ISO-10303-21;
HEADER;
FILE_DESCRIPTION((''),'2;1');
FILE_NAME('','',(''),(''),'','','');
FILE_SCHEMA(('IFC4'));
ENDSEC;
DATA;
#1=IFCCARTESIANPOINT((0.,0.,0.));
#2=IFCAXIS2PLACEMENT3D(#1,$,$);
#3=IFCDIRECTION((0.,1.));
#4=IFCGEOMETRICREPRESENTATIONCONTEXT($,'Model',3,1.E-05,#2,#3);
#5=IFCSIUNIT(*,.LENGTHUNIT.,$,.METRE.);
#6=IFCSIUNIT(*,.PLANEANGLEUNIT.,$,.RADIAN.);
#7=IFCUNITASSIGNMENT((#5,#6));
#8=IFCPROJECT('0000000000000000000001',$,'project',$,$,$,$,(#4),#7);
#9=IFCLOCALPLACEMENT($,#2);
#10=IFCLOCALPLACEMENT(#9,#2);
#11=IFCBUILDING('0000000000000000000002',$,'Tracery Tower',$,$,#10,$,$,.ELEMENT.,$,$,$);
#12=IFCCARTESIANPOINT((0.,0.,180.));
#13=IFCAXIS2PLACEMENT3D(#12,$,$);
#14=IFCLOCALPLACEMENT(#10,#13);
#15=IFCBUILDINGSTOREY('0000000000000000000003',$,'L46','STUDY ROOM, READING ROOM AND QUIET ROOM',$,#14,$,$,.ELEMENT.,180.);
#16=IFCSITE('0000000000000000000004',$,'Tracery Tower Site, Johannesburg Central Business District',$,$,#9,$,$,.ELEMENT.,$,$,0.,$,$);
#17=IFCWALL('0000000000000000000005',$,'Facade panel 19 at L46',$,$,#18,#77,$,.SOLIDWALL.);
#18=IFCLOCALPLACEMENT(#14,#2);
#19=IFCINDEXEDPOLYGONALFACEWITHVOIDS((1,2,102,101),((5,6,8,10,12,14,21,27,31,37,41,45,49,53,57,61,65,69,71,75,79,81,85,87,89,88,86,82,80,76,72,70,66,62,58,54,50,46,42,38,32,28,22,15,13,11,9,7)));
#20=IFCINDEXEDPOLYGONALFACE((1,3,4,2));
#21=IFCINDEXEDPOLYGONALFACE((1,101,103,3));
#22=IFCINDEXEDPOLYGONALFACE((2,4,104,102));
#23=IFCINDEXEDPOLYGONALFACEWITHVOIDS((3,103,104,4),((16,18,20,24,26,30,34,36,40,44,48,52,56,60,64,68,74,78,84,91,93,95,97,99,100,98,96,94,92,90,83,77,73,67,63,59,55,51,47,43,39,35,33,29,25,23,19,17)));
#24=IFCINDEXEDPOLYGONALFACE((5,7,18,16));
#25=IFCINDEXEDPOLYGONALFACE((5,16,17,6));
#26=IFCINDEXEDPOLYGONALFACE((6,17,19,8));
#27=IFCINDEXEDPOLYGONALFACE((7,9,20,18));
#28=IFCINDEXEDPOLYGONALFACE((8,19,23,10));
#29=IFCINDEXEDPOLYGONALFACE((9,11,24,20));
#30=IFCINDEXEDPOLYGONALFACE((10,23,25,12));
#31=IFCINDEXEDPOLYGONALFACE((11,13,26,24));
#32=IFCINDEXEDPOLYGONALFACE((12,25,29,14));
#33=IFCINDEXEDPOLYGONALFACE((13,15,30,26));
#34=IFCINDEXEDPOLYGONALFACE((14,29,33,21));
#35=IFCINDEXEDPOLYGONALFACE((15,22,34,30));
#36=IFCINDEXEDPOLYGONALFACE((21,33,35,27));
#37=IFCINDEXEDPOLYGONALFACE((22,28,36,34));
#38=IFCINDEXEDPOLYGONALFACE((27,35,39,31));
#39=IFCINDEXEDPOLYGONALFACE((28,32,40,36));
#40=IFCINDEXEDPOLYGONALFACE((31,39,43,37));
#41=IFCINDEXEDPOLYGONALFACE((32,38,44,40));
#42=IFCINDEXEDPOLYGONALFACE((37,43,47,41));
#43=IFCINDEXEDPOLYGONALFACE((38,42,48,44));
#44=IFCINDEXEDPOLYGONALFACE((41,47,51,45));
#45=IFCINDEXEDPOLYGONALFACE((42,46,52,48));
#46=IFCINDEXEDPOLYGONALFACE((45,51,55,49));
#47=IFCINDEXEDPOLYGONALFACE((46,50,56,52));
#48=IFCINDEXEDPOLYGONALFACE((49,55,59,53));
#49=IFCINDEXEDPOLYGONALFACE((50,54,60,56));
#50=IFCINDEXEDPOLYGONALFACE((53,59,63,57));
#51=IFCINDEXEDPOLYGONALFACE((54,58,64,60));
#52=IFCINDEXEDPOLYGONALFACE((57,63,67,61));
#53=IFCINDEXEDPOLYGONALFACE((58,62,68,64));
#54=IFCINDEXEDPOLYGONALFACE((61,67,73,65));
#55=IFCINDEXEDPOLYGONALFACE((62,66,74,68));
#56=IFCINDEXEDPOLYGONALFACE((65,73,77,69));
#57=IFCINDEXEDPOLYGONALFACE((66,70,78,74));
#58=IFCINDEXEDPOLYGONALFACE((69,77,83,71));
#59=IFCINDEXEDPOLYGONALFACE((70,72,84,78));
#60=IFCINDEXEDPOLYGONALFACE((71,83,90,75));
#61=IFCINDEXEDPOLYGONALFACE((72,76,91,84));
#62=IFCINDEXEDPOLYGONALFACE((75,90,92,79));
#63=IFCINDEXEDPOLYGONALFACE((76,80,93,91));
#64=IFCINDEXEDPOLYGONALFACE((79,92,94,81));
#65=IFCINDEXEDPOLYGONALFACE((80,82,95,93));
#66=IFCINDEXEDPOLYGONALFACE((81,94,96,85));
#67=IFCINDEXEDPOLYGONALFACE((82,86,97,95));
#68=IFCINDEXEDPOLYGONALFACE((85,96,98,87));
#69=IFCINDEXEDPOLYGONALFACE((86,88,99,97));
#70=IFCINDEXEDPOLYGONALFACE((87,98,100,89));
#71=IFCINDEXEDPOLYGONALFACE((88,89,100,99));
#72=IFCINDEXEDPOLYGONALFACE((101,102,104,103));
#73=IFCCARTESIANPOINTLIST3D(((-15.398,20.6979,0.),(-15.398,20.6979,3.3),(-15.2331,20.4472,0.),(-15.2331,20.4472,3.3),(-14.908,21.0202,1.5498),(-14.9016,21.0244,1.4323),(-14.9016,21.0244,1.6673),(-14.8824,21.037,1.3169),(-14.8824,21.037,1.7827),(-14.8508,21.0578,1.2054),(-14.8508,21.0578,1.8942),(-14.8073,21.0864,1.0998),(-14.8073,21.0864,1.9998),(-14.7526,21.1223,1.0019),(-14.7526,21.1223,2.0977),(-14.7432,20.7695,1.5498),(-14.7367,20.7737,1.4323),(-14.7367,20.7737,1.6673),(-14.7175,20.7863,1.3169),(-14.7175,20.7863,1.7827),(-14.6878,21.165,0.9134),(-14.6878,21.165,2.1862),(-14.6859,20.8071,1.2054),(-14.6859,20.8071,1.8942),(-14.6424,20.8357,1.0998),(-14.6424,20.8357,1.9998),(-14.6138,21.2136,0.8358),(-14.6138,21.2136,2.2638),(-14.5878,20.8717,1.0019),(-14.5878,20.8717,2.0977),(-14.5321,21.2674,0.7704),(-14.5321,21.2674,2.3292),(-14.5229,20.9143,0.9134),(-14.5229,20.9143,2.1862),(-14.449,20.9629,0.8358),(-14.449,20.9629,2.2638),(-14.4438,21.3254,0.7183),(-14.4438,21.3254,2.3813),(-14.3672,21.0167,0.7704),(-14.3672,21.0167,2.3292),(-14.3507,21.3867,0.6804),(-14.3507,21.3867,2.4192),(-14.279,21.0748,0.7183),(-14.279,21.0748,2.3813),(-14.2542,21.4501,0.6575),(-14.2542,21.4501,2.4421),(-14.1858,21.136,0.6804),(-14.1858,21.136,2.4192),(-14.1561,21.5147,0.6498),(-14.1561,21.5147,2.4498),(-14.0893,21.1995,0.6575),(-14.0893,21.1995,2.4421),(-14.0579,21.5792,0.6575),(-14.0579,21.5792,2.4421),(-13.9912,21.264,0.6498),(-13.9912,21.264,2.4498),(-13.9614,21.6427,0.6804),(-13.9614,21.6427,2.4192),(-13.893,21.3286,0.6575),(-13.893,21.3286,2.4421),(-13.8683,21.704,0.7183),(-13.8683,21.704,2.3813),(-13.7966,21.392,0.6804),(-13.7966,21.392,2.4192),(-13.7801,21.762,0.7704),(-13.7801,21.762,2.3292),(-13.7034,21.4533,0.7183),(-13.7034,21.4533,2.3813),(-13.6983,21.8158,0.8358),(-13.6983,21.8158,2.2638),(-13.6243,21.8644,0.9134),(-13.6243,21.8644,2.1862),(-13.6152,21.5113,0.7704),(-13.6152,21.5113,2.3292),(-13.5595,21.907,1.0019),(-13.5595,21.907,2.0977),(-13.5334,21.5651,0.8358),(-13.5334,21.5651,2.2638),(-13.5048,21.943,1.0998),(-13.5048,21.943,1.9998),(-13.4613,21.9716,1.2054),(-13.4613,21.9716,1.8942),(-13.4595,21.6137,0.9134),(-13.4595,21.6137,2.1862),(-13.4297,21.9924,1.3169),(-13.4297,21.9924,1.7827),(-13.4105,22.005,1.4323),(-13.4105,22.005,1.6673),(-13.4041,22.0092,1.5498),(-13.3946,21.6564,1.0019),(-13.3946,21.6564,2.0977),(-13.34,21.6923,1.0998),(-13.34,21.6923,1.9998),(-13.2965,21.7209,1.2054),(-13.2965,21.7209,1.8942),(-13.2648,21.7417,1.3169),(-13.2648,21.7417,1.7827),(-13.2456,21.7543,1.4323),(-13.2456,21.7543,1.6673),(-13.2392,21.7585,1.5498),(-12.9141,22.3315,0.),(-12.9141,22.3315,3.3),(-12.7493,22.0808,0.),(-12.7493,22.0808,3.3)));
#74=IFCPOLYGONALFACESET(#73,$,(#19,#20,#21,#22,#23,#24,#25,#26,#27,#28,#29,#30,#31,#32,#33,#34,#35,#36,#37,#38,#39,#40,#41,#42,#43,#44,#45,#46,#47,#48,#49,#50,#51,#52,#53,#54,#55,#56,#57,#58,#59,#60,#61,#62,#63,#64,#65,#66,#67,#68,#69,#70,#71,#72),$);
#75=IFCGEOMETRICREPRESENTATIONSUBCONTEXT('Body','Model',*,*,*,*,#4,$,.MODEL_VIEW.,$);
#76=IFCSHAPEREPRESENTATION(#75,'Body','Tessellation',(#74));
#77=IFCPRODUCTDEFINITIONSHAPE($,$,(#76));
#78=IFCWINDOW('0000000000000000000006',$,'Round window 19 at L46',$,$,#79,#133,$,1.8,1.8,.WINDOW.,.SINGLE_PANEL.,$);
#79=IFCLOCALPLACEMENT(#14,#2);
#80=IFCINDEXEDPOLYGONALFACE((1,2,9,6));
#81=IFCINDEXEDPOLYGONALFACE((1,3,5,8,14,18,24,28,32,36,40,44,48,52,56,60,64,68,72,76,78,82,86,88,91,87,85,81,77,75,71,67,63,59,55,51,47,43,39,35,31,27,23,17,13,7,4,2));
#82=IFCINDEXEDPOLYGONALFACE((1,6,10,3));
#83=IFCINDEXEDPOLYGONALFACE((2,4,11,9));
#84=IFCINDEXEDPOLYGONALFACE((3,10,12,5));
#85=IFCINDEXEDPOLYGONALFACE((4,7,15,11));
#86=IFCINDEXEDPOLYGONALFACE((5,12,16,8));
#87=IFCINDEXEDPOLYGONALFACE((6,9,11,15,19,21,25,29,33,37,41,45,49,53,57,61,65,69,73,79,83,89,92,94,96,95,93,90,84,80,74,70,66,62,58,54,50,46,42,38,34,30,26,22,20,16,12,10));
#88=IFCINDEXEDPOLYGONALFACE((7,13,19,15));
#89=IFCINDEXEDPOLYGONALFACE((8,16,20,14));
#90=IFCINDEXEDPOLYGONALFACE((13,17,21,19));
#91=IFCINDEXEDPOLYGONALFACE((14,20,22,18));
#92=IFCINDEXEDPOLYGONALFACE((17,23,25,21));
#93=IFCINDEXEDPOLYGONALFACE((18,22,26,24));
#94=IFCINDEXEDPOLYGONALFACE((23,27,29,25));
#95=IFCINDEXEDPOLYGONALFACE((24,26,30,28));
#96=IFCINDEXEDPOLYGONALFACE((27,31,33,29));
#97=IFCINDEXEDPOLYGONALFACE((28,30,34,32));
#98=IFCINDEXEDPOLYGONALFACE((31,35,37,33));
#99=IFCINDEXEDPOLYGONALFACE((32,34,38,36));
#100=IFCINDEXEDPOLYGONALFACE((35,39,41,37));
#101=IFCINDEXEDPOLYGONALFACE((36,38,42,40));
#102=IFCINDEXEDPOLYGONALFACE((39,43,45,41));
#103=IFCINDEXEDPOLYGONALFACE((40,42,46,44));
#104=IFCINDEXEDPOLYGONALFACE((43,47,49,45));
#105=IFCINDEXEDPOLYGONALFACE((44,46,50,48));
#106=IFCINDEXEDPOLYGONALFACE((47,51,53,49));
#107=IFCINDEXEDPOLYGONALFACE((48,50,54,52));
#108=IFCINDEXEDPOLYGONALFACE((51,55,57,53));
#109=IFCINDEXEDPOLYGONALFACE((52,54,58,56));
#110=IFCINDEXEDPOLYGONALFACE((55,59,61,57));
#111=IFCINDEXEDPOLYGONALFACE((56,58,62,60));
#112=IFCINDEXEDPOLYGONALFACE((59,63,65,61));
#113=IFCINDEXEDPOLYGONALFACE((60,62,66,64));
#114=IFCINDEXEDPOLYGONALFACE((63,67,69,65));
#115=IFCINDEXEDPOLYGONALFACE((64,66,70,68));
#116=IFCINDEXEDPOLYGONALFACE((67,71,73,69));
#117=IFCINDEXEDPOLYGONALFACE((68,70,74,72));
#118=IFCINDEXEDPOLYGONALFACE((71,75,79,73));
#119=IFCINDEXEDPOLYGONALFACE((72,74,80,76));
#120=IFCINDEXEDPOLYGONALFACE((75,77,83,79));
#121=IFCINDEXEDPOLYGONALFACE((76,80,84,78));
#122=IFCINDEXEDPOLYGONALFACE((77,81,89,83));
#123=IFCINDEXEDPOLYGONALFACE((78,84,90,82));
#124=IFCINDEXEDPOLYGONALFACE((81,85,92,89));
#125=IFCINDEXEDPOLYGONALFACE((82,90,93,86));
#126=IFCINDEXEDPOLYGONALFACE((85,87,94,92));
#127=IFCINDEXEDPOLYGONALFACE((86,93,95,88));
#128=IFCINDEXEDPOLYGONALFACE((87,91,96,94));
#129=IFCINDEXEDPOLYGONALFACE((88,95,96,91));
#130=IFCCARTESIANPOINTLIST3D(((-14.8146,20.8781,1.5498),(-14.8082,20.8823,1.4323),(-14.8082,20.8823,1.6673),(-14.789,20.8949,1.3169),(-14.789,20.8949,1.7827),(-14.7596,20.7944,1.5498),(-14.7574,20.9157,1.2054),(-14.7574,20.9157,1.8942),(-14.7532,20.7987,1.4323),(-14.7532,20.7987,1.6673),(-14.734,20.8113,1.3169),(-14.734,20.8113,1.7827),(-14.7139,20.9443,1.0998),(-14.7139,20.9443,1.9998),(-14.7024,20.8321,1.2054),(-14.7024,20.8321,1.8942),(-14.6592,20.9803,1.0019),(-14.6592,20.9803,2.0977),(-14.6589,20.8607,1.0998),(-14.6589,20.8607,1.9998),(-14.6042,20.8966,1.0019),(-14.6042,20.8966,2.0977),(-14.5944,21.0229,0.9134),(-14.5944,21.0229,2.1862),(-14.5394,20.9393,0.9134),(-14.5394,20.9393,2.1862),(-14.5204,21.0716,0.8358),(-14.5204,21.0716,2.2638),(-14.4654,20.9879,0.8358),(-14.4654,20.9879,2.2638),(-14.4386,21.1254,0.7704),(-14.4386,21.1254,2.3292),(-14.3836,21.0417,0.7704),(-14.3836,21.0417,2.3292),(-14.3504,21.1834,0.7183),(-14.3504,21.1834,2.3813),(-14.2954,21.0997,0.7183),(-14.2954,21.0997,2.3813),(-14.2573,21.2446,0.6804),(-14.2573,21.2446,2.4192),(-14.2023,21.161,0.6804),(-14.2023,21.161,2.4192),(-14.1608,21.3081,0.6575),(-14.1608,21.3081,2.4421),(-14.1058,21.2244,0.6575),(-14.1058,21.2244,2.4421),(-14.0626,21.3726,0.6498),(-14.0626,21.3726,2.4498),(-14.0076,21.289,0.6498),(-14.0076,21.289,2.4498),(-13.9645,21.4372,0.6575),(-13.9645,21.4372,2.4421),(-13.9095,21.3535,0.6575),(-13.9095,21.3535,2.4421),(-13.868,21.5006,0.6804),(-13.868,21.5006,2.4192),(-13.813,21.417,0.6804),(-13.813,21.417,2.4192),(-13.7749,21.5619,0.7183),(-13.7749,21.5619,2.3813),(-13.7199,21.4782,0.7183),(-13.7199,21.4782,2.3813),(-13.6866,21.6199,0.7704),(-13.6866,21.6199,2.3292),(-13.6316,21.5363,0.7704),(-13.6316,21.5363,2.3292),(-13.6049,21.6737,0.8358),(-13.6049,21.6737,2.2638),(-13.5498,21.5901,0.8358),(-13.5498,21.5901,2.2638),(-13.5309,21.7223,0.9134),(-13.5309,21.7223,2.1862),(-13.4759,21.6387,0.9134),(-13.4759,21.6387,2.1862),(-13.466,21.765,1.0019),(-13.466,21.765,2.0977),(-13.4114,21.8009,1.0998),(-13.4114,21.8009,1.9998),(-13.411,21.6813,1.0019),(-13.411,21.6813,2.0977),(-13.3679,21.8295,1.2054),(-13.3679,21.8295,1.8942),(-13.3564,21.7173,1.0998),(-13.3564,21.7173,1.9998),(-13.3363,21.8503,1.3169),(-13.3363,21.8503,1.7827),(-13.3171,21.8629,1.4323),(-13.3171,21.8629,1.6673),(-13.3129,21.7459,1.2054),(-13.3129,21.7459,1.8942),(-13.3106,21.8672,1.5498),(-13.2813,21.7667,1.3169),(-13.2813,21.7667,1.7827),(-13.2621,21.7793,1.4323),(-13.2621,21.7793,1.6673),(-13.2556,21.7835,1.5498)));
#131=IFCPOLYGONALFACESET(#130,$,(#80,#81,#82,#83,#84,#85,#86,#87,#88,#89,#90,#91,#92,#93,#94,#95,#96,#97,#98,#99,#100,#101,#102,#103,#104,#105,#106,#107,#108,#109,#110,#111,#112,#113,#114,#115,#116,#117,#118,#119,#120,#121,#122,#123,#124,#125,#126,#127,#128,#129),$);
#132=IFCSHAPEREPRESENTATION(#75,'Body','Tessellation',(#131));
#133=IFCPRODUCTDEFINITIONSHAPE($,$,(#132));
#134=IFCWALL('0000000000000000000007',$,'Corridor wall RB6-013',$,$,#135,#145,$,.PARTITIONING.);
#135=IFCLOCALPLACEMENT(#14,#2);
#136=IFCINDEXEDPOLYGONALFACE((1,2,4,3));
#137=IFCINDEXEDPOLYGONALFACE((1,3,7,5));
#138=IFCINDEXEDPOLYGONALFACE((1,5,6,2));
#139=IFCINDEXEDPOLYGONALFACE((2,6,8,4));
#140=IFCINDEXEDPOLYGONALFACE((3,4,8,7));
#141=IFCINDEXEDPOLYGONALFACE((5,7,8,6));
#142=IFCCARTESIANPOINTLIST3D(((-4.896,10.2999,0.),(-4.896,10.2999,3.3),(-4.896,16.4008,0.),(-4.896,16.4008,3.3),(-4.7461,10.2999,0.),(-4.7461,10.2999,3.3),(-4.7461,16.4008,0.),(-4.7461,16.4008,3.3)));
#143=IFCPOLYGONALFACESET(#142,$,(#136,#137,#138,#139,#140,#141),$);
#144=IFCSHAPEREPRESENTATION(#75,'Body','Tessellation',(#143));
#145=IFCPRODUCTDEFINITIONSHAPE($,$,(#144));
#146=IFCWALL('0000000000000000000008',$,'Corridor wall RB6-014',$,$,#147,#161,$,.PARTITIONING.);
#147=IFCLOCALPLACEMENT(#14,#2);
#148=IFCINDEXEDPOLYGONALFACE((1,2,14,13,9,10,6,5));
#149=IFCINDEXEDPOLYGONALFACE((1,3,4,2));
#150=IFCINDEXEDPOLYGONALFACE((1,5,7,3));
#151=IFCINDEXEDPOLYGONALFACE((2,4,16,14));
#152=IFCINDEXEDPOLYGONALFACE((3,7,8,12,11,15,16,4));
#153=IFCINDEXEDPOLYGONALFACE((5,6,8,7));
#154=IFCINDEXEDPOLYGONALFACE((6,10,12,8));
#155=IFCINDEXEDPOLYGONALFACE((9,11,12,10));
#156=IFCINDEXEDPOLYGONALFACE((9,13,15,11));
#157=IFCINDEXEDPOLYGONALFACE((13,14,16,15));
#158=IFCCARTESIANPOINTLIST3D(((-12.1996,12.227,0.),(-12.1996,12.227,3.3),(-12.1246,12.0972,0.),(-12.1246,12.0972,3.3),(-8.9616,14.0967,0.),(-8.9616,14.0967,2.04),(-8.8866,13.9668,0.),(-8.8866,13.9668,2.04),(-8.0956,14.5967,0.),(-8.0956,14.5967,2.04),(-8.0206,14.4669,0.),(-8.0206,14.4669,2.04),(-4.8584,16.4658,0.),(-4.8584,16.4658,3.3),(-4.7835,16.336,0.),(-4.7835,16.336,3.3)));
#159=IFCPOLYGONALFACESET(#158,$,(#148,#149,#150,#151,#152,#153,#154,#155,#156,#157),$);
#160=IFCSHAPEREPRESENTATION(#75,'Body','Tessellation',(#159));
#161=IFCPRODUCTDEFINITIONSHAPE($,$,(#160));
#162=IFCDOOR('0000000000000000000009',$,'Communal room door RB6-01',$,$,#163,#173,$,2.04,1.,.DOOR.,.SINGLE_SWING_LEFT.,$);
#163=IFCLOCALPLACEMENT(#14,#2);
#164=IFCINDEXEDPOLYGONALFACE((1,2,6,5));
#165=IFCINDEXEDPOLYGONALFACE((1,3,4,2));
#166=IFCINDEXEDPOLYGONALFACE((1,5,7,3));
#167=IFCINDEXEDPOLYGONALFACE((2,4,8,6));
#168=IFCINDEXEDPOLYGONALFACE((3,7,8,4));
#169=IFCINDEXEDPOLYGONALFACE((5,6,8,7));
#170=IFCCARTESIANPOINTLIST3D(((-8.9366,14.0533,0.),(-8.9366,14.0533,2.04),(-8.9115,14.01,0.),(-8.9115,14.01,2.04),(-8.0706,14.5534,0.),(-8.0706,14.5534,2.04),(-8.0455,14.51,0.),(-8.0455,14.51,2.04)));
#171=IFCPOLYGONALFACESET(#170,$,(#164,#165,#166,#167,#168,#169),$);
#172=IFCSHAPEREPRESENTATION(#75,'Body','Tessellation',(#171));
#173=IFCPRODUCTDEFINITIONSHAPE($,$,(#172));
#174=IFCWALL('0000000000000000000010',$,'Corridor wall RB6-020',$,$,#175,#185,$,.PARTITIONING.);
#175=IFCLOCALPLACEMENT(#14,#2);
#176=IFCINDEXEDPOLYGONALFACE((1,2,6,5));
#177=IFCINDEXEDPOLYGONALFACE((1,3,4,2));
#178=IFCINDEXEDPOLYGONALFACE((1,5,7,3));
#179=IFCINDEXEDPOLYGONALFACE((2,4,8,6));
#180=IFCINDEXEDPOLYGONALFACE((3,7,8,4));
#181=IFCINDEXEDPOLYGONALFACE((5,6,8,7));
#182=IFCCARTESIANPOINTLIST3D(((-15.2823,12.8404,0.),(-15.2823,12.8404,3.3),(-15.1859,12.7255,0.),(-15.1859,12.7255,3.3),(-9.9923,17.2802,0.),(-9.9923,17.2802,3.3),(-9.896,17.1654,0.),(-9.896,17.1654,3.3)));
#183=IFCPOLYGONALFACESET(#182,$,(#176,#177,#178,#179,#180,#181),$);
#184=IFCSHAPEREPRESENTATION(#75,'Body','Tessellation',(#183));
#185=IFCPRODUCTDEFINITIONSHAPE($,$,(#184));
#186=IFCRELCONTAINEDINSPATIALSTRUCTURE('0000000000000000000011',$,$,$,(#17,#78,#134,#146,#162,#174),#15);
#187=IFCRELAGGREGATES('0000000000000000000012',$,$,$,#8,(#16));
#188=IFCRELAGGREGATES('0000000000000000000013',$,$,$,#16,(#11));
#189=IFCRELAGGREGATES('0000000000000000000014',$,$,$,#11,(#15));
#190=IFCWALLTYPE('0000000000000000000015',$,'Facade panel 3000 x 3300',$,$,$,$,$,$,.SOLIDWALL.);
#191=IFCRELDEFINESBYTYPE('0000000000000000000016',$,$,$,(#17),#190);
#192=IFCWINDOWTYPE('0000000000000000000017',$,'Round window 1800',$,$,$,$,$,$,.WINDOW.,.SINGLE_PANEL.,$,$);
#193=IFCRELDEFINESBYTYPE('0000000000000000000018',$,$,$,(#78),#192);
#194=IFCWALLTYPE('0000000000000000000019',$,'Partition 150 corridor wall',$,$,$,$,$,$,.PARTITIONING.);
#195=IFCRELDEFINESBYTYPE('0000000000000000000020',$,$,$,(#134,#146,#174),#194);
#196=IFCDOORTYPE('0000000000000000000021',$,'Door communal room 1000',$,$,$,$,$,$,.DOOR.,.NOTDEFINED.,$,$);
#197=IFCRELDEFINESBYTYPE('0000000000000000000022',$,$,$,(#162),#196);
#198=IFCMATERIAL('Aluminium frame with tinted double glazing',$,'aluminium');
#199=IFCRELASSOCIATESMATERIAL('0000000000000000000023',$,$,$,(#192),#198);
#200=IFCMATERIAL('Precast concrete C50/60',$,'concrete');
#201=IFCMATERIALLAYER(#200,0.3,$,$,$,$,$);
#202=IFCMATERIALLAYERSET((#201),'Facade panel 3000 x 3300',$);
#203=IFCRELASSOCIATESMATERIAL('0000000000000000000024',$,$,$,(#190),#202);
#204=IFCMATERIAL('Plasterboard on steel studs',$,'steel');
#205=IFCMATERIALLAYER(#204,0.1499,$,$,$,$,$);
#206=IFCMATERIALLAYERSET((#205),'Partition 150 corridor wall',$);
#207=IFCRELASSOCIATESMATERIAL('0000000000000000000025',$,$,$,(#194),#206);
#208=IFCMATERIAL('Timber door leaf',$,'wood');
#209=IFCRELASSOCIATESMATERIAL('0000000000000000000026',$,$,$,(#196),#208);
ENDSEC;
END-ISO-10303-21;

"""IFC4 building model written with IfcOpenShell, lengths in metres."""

from ifc_helpers import new_model, si_unit, direction, frame, frame_2d, origin, origin_2d, place, context, subcontext, project, spatial, rectangle, circle, extrude, material, layer, layer_set, type_object, element, fill, save


model = new_model("IFC4")

# Units and contexts
model_context = context("Model", 3, precision=1e-05, world=origin(), true_north=direction((0.0, 1.0)))
body_context = subcontext(model_context, "Body", "Model", "MODEL_VIEW")
ifc_project = project(units=[si_unit("LENGTHUNIT", "METRE"), si_unit("PLANEANGLEUNIT", "RADIAN")], contexts=[model_context])

# Site, building, storey
site_placement = place(None, origin())
site = spatial("IfcSite", under=ifc_project, at=site_placement, Name="Tracery Tower Site, Johannesburg Central Business District", CompositionType="ELEMENT", RefElevation=0.0)
building_placement = place(site_placement, origin())
building = spatial("IfcBuilding", under=site, at=building_placement, Name="Tracery Tower", CompositionType="ELEMENT")
storey_placement = place(building_placement, frame((0.0, 0.0, 180.0)))
storey = spatial("IfcBuildingStorey", under=building, at=storey_placement, Name="L46", Description="STUDY ROOM, READING ROOM AND QUIET ROOM", CompositionType="ELEMENT", Elevation=180.0)

# Wall, opening, window
ifc_material_1 = material(Name="Aluminium frame with tinted double glazing", Category="aluminium")
window_type = type_object("IfcWindowType", Name="Round window 1800", PartitioningType="SINGLE_PANEL", PredefinedType="WINDOW", material=ifc_material_1)
ifc_material_2 = material(Name="Precast concrete C50/60", Category="concrete")
ifc_layer_1 = layer(ifc_material_2, 0.3)
ifc_layer_set_1 = layer_set([ifc_layer_1], Name="Facade panel 3000 x 3300")
wall_type_1 = type_object("IfcWallType", Name="Facade panel 3000 x 3300", PredefinedType="SOLIDWALL", material=ifc_layer_set_1)
wall_1_placement = place(storey_placement, frame((-12.8318, 22.2061, 0.0), z_axis=(0.0, 0.0, 1.0), x_axis=(-0.835508, -0.549478, 0.0)))
wall_1 = element("IfcWall", 1, at=wall_1_placement, inside=storey, type_object=wall_type_1, Name="Facade panel 19 at L46", PredefinedType="SOLIDWALL", context=body_context, shape_type="SweptSolid", body=[
    extrude(rectangle(XDim=2.9729, YDim=0.3, at=frame_2d((1.4863, 0.0))), origin(), (0.0, 0.0, 1.0), 3.3),
])
opening_1_placement = place(wall_1_placement, frame((1.4863, 0.0, 1.5498)))
opening_1 = element("IfcOpeningElement", 2, at=opening_1_placement, cuts=wall_1, PredefinedType="OPENING", context=body_context, shape_type="SweptSolid", body=[
    extrude(circle(Radius=0.9, at=origin_2d()), frame((0.0, 0.1599, 0.0), z_axis=(0.0, -1.0, 0.0), x_axis=(1.0, 0.0, 0.0)), (0.0, 0.0, 1.0), 0.3201),
])
window_1_placement = place(opening_1_placement, origin())
window_1 = element("IfcWindow", 3, at=window_1_placement, inside=storey, type_object=window_type, Name="Round window 19 at L46", OverallHeight=1.8, OverallWidth=1.8, PartitioningType="SINGLE_PANEL", PredefinedType="WINDOW", context=body_context, shape_type="SweptSolid", body=[
    extrude(circle(Radius=0.9, at=origin_2d()), frame((0.0, 0.1201, 0.0), z_axis=(0.0, -1.0, 0.0), x_axis=(1.0, 0.0, 0.0)), (0.0, 0.0, 1.0), 0.1001),
])
fill(opening_1, window_1)

# Wall
ifc_material_3 = material(Name="Plasterboard on steel studs", Category="steel")
ifc_layer_2 = layer(ifc_material_3, 0.1499)
ifc_layer_set_2 = layer_set([ifc_layer_2], Name="Partition 150 corridor wall")
wall_type_2 = type_object("IfcWallType", Name="Partition 150 corridor wall", PredefinedType="PARTITIONING", material=ifc_layer_set_2)
wall_2_placement = place(storey_placement, frame((-4.821, 10.3, 0.0), z_axis=(0.0, 0.0, 1.0), x_axis=(0.0, 1.0, 0.0)))
element("IfcWall", 4, at=wall_2_placement, inside=storey, type_object=wall_type_2, Name="Corridor wall RB6-013", PredefinedType="PARTITIONING", context=body_context, shape_type="SweptSolid", body=[
    extrude(rectangle(XDim=6.1008, YDim=0.1499, at=frame_2d((3.0503, 0.0))), origin(), (0.0, 0.0, 1.0), 3.3),
])

# Wall, opening, door
wall_3_placement = place(storey_placement, frame((-12.1621, 12.1621, 0.0), z_axis=(0.0, 0.0, 1.0), x_axis=(0.866005, 0.500036, 0.0)))
wall_3 = element("IfcWall", 5, at=wall_3_placement, inside=storey, type_object=wall_type_2, Name="Corridor wall RB6-014", PredefinedType="PARTITIONING", context=body_context, shape_type="SweptSolid", body=[
    extrude(rectangle(XDim=8.4771, YDim=0.1499, at=frame_2d((4.2385, 0.0))), origin(), (0.0, 0.0, 1.0), 3.3),
])
opening_2_placement = place(wall_3_placement, frame((3.739, 0.0, 0.0)))
opening_2 = element("IfcOpeningElement", 6, at=opening_2_placement, cuts=wall_3, PredefinedType="OPENING", context=body_context, shape_type="SweptSolid", body=[
    extrude(rectangle(XDim=1.0, YDim=2.04, at=frame_2d((0.5, 1.02))), frame((0.0, 0.075, 0.0), z_axis=(0.0, -1.0, 0.0), x_axis=(1.0, 0.0, 0.0)), (0.0, 0.0, 1.0), 0.1499),
])
ifc_material_4 = material(Name="Timber door leaf", Category="wood")
door_type = type_object("IfcDoorType", Name="Door communal room 1000", OperationType="NOTDEFINED", PredefinedType="DOOR", material=ifc_material_4)
door_1_placement = place(opening_2_placement, origin())
door_1 = element("IfcDoor", 7, at=door_1_placement, inside=storey, type_object=door_type, Name="Communal room door RB6-01", OperationType="SINGLE_SWING_LEFT", OverallHeight=2.04, OverallWidth=1.0, PredefinedType="DOOR", context=body_context, shape_type="SweptSolid", body=[
    extrude(rectangle(XDim=1.0, YDim=2.04, at=frame_2d((0.5, 1.02))), frame((0.0, 0.0249, 0.0), z_axis=(0.0, -1.0, 0.0), x_axis=(1.0, 0.0, 0.0)), (0.0, 0.0, 1.0), 0.05),
])
fill(opening_2, door_1)

# Wall
wall_4_placement = place(storey_placement, frame((-15.2341, 12.783, 0.0), z_axis=(0.0, 0.0, 1.0), x_axis=(0.765968, 0.642879, 0.0)))
element("IfcWall", 8, at=wall_4_placement, inside=storey, type_object=wall_type_2, Name="Corridor wall RB6-020", PredefinedType="PARTITIONING", context=body_context, shape_type="SweptSolid", body=[
    extrude(rectangle(XDim=6.9062, YDim=0.1499, at=frame_2d((3.4531, 0.0))), origin(), (0.0, 0.0, 1.0), 3.3),
])

save(model, "model.ifc")
